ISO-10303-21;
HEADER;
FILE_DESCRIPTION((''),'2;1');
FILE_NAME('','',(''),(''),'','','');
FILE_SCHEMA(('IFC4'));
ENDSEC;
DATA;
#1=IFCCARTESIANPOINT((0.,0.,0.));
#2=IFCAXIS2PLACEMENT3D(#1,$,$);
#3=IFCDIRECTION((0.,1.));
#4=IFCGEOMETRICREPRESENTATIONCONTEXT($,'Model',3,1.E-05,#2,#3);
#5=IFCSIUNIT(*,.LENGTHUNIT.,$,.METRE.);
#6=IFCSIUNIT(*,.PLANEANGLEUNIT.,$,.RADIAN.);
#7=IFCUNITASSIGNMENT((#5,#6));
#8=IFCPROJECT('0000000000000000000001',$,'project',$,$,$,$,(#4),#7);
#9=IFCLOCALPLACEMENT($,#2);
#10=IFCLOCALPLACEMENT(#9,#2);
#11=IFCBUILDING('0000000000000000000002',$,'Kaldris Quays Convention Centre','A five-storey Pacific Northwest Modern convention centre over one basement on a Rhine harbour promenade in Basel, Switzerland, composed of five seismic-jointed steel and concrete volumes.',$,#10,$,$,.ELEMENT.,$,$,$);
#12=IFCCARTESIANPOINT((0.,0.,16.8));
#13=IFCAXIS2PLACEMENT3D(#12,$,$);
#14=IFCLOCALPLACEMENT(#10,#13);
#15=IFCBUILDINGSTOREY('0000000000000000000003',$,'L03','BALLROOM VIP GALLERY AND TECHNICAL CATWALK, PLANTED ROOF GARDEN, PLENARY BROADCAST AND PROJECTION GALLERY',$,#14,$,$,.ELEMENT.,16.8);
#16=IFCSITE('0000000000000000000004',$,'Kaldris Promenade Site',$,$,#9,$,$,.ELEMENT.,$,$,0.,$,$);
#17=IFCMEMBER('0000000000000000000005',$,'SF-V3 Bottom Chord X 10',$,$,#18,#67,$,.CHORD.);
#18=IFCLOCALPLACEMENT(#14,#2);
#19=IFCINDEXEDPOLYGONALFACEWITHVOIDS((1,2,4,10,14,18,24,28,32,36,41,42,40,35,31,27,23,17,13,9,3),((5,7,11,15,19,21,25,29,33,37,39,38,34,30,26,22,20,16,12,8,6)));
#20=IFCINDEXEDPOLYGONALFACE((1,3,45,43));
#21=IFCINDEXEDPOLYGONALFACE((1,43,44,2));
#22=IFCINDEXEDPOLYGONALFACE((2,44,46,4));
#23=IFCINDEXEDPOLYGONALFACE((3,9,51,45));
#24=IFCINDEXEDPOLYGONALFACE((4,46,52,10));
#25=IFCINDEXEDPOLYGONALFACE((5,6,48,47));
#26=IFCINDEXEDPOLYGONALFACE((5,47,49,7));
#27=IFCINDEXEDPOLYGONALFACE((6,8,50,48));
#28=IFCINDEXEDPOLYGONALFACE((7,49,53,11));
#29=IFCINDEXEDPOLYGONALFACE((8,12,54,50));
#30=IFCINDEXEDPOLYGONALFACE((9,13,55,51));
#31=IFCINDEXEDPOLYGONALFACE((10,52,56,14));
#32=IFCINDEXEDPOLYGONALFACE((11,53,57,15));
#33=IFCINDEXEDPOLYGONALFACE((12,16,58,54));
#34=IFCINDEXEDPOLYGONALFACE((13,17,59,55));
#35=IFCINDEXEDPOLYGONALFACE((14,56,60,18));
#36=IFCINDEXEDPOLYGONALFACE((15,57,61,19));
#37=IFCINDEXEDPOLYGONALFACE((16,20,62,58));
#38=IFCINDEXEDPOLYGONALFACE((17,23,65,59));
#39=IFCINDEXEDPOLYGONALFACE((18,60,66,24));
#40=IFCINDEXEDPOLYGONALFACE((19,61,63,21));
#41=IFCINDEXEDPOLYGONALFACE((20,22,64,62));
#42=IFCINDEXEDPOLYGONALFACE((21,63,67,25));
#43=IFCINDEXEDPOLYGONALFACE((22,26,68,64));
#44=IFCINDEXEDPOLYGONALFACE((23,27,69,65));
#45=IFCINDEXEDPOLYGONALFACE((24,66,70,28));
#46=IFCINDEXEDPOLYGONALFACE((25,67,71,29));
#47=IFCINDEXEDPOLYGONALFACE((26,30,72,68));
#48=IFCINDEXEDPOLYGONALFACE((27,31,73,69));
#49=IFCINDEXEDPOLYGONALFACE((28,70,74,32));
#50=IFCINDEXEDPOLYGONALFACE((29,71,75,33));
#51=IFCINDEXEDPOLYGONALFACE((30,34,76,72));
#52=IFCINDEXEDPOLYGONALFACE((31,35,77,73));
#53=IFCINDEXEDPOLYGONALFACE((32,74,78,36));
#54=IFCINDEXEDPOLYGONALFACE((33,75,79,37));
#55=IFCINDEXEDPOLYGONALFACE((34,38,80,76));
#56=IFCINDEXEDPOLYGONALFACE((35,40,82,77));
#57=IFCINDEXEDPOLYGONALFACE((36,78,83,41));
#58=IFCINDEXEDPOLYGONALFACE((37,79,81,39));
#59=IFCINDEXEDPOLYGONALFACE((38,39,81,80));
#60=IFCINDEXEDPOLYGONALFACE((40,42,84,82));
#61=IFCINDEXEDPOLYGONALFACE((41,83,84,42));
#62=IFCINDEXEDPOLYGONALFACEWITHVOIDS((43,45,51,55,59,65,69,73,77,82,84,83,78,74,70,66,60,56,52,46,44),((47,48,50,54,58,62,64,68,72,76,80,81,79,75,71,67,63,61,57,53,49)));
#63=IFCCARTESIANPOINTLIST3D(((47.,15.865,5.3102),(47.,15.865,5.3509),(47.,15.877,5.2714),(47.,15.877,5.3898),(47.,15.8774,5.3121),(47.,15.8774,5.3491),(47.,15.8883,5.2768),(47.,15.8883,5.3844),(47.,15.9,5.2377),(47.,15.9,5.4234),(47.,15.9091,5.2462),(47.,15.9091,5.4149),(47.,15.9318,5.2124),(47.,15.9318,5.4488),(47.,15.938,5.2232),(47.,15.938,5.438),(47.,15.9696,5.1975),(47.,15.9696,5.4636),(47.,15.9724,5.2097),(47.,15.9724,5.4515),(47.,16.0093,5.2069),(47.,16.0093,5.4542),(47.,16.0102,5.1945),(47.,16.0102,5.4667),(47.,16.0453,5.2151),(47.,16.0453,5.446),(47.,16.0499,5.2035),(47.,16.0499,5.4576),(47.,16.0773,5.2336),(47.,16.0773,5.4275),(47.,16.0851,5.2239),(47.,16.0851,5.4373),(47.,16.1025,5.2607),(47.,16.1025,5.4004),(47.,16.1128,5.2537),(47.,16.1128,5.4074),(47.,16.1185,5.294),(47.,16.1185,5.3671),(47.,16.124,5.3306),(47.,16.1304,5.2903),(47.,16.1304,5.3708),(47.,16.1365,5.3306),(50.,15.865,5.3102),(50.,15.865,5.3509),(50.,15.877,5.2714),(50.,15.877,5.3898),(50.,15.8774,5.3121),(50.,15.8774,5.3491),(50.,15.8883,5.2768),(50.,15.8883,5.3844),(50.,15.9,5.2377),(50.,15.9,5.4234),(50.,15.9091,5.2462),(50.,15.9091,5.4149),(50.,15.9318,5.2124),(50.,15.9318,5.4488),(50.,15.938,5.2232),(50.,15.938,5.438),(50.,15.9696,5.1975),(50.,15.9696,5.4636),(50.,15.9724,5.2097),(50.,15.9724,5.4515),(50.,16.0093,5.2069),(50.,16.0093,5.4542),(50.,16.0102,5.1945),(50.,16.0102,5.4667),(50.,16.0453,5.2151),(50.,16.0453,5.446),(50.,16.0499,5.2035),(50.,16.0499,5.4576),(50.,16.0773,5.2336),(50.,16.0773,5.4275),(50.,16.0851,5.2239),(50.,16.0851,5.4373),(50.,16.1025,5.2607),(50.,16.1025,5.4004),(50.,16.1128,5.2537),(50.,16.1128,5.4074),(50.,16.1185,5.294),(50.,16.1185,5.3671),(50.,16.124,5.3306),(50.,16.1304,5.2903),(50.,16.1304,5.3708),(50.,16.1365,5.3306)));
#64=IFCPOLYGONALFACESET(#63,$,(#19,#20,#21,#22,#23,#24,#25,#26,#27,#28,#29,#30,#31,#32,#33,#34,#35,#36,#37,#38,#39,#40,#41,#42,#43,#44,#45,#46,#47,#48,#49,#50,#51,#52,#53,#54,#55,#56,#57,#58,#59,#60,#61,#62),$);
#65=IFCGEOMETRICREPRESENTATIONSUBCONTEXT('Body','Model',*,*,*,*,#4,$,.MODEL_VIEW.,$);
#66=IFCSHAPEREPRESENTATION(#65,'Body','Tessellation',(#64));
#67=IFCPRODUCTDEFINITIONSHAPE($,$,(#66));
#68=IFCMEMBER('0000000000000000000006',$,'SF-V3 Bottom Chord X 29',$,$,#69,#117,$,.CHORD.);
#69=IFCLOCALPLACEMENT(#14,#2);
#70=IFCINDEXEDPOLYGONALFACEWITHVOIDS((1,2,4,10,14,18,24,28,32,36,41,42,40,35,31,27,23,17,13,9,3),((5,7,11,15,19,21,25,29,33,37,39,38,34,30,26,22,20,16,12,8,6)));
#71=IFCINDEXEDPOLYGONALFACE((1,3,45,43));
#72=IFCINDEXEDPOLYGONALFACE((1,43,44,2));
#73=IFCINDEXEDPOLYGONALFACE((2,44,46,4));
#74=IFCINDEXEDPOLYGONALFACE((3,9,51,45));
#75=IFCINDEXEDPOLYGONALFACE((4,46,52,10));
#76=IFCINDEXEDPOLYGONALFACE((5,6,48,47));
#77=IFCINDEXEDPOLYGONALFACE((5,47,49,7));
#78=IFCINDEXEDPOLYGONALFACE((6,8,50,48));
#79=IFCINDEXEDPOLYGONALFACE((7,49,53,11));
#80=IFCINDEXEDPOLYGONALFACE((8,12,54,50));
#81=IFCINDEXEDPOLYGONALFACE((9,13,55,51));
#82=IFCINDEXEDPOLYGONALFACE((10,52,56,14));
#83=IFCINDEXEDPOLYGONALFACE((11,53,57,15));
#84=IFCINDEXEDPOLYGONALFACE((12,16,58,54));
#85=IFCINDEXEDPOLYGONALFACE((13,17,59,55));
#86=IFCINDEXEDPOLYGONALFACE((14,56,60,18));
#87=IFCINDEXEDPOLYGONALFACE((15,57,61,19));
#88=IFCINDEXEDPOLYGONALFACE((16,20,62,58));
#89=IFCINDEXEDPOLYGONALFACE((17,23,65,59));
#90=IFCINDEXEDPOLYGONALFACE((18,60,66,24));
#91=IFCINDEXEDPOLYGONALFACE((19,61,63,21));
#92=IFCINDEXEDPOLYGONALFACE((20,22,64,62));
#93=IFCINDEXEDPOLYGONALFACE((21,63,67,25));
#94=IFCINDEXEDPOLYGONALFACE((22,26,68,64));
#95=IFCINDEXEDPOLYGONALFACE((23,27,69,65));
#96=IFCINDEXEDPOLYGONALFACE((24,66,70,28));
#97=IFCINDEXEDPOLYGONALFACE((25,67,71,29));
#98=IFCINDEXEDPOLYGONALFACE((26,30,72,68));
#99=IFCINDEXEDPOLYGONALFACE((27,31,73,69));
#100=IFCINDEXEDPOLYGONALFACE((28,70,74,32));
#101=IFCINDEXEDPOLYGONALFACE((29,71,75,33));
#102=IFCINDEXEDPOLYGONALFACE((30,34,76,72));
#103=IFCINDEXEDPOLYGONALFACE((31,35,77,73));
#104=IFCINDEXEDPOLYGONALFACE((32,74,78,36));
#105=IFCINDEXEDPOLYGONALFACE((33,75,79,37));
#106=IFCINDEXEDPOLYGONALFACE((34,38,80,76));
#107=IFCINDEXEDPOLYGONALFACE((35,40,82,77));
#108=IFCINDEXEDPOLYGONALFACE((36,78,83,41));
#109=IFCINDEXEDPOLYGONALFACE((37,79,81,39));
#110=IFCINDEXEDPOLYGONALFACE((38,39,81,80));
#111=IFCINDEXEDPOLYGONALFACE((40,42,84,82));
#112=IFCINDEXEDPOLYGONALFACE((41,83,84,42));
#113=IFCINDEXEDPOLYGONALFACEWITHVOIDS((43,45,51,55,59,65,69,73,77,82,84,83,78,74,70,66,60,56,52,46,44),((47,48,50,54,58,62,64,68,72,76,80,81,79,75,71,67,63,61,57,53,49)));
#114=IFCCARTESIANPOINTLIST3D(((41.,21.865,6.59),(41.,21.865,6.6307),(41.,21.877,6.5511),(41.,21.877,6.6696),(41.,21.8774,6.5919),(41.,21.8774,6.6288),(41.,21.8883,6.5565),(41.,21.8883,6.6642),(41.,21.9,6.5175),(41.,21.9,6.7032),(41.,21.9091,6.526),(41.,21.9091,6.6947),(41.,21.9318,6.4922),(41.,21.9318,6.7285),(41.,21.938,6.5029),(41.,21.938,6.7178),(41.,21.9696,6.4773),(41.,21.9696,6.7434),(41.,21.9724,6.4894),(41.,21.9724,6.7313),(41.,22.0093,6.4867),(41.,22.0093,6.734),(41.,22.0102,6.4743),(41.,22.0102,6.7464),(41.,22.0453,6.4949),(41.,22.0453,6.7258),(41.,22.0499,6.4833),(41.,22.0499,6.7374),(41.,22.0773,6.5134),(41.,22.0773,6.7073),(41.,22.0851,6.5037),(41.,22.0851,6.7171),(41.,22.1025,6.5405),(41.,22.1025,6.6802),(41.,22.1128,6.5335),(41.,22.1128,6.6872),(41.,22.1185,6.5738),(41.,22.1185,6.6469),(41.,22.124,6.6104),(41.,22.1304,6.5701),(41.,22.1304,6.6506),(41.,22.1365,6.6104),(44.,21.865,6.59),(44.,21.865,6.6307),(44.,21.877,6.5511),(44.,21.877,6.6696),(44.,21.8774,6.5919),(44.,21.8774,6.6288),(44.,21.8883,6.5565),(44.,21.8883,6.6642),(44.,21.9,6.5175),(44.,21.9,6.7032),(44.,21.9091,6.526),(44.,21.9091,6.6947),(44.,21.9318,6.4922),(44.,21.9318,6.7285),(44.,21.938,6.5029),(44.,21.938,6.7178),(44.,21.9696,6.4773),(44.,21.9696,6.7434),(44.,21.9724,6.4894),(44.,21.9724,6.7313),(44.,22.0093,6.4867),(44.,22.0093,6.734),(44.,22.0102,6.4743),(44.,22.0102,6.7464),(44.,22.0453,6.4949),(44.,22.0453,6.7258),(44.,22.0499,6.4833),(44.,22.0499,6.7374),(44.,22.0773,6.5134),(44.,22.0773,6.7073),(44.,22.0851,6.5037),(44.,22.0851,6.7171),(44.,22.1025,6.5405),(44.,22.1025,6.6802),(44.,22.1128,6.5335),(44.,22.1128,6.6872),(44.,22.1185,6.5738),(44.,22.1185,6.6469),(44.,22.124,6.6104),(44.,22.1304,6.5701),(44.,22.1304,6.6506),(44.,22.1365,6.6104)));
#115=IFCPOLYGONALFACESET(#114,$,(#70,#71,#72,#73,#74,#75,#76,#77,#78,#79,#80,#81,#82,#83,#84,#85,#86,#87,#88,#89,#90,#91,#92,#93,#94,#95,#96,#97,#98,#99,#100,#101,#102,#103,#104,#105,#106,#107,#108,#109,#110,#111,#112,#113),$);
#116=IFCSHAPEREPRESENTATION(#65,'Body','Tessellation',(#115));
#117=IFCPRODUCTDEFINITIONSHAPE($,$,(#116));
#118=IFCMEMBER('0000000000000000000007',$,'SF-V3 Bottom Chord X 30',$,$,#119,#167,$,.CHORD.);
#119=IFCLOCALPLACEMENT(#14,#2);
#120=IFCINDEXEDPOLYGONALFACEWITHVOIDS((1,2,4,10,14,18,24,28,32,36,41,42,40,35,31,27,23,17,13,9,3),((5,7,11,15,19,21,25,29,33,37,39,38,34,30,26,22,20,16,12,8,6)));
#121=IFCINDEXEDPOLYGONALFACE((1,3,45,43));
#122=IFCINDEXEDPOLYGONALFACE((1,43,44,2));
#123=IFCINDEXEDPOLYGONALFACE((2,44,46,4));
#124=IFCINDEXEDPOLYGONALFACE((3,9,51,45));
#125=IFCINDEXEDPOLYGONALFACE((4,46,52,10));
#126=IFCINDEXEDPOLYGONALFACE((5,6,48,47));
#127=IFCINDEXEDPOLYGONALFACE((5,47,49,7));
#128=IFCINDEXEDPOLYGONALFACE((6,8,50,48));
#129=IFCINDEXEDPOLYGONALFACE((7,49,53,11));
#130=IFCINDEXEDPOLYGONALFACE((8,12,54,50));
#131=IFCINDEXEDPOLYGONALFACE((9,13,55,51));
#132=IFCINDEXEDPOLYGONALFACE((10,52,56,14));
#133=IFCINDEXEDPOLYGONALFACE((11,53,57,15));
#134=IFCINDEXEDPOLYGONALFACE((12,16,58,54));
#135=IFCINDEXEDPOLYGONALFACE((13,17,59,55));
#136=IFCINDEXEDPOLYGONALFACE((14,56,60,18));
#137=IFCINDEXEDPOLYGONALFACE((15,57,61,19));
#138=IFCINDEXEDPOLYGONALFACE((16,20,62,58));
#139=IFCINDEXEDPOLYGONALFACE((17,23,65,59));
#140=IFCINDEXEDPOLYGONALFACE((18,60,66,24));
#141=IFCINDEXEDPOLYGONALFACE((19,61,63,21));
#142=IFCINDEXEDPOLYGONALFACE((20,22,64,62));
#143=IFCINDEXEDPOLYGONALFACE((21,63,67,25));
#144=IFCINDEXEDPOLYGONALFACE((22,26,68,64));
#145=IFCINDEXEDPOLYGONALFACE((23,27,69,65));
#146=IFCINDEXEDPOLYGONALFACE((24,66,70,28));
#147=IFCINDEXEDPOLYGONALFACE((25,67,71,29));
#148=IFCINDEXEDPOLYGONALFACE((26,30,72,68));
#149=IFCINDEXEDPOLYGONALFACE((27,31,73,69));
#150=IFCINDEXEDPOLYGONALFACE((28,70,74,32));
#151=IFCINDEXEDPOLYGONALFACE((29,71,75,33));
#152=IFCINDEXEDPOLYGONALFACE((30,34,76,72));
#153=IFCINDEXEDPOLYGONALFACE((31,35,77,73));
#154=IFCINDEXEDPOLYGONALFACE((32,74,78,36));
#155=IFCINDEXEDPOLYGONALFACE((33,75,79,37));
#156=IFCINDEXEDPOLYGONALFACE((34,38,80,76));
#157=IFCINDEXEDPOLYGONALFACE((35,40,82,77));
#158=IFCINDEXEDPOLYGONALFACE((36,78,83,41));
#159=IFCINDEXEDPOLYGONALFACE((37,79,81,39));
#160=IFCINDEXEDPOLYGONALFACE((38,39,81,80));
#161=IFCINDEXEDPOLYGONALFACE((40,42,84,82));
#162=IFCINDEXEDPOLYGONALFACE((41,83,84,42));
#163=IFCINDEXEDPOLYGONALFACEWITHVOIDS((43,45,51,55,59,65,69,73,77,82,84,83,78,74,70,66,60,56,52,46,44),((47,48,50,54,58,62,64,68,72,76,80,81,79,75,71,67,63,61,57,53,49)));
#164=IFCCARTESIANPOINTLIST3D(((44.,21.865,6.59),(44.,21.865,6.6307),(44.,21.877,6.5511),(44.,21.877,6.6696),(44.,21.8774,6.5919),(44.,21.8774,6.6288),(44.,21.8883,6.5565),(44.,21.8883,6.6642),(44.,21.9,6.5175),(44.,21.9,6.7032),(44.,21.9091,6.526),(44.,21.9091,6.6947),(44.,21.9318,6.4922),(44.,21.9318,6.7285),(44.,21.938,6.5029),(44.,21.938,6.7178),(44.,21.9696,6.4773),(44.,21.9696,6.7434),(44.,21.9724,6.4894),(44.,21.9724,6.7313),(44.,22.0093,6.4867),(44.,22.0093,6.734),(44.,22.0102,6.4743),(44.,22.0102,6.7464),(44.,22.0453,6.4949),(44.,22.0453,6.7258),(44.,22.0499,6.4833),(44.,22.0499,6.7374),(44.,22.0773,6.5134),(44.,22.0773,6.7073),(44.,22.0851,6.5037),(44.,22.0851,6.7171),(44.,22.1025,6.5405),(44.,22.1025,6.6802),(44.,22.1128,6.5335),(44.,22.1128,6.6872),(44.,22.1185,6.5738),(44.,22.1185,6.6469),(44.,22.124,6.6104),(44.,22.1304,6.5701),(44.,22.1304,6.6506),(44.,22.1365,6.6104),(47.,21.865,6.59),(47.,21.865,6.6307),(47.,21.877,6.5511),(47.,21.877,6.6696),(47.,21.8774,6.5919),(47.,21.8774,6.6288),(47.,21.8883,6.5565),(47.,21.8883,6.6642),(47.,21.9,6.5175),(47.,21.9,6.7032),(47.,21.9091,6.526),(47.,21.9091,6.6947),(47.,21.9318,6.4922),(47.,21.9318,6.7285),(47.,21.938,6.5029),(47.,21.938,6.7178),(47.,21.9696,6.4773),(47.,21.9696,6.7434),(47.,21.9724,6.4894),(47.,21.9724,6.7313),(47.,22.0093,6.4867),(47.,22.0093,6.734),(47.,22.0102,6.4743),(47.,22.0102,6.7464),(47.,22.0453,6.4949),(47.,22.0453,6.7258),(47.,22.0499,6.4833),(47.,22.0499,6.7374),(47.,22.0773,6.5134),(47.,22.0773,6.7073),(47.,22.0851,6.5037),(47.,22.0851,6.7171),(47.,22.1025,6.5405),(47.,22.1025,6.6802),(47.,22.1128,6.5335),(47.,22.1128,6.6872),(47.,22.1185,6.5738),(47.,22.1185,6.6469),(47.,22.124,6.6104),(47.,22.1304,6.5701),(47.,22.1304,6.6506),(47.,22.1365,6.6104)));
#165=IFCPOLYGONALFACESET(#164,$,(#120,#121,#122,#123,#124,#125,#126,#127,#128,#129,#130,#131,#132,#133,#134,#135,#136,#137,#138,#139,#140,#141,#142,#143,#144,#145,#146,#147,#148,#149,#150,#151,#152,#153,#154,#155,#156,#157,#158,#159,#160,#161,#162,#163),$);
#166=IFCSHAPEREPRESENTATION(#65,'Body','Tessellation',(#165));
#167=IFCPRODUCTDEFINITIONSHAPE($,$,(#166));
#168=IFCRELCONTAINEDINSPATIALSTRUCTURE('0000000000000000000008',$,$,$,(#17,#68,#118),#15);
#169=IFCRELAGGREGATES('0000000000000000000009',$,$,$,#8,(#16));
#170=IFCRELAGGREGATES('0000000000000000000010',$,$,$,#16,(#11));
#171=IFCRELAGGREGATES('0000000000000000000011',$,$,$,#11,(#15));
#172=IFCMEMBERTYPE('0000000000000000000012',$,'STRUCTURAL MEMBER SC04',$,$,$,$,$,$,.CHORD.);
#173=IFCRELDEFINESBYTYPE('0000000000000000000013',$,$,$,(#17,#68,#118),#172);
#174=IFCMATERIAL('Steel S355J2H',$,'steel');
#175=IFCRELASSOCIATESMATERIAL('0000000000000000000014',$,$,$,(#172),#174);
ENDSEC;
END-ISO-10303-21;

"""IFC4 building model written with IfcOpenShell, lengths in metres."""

from ifc_helpers import new_model, si_unit, direction, frame, origin, origin_2d, place, context, subcontext, project, spatial, hollow_circle, extrude, material, material_profile, profile_set, type_object, element, save


model = new_model("IFC4")

# Units and contexts
model_context = context("Model", 3, precision=1e-05, world=origin(), true_north=direction((0.0, 1.0)))
body_context = subcontext(model_context, "Body", "Model", "MODEL_VIEW")
ifc_project = project(units=[si_unit("LENGTHUNIT", "METRE"), si_unit("PLANEANGLEUNIT", "RADIAN")], contexts=[model_context])

# Site, building, storey
site_placement = place(None, origin())
site = spatial("IfcSite", under=ifc_project, at=site_placement, Name="Kaldris Promenade Site", CompositionType="ELEMENT", RefElevation=0.0)
building_placement = place(site_placement, origin())
building = spatial("IfcBuilding", under=site, at=building_placement, Name="Kaldris Quays Convention Centre", Description="A five-storey Pacific Northwest Modern convention centre over one basement on a Rhine harbour promenade in Basel, Switzerland, composed of five seismic-jointed steel and concrete volumes.", CompositionType="ELEMENT")
storey_placement = place(building_placement, frame((0.0, 0.0, 16.8)))
storey = spatial("IfcBuildingStorey", under=building, at=storey_placement, Name="L03", Description="BALLROOM VIP GALLERY AND TECHNICAL CATWALK, PLANTED ROOF GARDEN, PLENARY BROADCAST AND PROJECTION GALLERY", CompositionType="ELEMENT", Elevation=16.8)

# Members
ifc_material_1 = material(Name="Steel S355J2H", Category="steel")
ifc_material_profile_1 = material_profile(ifc_material_1, hollow_circle(Radius=0.1365, WallThickness=0.0125, at=origin_2d()), Name="CHS 273x12.5")
ifc_profile_set_1 = profile_set([ifc_material_profile_1], Name="Steel S355J2H")
member_type_1 = type_object("IfcMemberType", Name="STRUCTURAL MEMBER SC04", PredefinedType="CHORD", material=ifc_profile_set_1)
for number, where, z_axis, x_axis, name in (
    (1, (47.0, 16.0, 5.3306), (1.0, 0.0, 0.0), (0.0, 1.0, 0.0), "SF-V3 Bottom Chord X 10"),
    (2, (41.0, 22.0, 6.6104), (1.0, 0.0, 0.0), (0.0, 1.0, 0.0), "SF-V3 Bottom Chord X 29"),
    (3, (44.0, 22.0, 6.6104), (1.0, 0.0, 0.0), (0.0, 1.0, 0.0), "SF-V3 Bottom Chord X 30"),
):
    element("IfcMember", number, at=place(storey_placement, frame(where, z_axis=z_axis, x_axis=x_axis)), inside=storey, type_object=member_type_1, Name=name, PredefinedType="CHORD", context=body_context, shape_type="SweptSolid", body=[
        extrude(hollow_circle(Radius=0.1365, WallThickness=0.0125, at=origin_2d()), origin(), (0.0, 0.0, 1.0), 3.0),
    ])

save(model, "model.ifc")
